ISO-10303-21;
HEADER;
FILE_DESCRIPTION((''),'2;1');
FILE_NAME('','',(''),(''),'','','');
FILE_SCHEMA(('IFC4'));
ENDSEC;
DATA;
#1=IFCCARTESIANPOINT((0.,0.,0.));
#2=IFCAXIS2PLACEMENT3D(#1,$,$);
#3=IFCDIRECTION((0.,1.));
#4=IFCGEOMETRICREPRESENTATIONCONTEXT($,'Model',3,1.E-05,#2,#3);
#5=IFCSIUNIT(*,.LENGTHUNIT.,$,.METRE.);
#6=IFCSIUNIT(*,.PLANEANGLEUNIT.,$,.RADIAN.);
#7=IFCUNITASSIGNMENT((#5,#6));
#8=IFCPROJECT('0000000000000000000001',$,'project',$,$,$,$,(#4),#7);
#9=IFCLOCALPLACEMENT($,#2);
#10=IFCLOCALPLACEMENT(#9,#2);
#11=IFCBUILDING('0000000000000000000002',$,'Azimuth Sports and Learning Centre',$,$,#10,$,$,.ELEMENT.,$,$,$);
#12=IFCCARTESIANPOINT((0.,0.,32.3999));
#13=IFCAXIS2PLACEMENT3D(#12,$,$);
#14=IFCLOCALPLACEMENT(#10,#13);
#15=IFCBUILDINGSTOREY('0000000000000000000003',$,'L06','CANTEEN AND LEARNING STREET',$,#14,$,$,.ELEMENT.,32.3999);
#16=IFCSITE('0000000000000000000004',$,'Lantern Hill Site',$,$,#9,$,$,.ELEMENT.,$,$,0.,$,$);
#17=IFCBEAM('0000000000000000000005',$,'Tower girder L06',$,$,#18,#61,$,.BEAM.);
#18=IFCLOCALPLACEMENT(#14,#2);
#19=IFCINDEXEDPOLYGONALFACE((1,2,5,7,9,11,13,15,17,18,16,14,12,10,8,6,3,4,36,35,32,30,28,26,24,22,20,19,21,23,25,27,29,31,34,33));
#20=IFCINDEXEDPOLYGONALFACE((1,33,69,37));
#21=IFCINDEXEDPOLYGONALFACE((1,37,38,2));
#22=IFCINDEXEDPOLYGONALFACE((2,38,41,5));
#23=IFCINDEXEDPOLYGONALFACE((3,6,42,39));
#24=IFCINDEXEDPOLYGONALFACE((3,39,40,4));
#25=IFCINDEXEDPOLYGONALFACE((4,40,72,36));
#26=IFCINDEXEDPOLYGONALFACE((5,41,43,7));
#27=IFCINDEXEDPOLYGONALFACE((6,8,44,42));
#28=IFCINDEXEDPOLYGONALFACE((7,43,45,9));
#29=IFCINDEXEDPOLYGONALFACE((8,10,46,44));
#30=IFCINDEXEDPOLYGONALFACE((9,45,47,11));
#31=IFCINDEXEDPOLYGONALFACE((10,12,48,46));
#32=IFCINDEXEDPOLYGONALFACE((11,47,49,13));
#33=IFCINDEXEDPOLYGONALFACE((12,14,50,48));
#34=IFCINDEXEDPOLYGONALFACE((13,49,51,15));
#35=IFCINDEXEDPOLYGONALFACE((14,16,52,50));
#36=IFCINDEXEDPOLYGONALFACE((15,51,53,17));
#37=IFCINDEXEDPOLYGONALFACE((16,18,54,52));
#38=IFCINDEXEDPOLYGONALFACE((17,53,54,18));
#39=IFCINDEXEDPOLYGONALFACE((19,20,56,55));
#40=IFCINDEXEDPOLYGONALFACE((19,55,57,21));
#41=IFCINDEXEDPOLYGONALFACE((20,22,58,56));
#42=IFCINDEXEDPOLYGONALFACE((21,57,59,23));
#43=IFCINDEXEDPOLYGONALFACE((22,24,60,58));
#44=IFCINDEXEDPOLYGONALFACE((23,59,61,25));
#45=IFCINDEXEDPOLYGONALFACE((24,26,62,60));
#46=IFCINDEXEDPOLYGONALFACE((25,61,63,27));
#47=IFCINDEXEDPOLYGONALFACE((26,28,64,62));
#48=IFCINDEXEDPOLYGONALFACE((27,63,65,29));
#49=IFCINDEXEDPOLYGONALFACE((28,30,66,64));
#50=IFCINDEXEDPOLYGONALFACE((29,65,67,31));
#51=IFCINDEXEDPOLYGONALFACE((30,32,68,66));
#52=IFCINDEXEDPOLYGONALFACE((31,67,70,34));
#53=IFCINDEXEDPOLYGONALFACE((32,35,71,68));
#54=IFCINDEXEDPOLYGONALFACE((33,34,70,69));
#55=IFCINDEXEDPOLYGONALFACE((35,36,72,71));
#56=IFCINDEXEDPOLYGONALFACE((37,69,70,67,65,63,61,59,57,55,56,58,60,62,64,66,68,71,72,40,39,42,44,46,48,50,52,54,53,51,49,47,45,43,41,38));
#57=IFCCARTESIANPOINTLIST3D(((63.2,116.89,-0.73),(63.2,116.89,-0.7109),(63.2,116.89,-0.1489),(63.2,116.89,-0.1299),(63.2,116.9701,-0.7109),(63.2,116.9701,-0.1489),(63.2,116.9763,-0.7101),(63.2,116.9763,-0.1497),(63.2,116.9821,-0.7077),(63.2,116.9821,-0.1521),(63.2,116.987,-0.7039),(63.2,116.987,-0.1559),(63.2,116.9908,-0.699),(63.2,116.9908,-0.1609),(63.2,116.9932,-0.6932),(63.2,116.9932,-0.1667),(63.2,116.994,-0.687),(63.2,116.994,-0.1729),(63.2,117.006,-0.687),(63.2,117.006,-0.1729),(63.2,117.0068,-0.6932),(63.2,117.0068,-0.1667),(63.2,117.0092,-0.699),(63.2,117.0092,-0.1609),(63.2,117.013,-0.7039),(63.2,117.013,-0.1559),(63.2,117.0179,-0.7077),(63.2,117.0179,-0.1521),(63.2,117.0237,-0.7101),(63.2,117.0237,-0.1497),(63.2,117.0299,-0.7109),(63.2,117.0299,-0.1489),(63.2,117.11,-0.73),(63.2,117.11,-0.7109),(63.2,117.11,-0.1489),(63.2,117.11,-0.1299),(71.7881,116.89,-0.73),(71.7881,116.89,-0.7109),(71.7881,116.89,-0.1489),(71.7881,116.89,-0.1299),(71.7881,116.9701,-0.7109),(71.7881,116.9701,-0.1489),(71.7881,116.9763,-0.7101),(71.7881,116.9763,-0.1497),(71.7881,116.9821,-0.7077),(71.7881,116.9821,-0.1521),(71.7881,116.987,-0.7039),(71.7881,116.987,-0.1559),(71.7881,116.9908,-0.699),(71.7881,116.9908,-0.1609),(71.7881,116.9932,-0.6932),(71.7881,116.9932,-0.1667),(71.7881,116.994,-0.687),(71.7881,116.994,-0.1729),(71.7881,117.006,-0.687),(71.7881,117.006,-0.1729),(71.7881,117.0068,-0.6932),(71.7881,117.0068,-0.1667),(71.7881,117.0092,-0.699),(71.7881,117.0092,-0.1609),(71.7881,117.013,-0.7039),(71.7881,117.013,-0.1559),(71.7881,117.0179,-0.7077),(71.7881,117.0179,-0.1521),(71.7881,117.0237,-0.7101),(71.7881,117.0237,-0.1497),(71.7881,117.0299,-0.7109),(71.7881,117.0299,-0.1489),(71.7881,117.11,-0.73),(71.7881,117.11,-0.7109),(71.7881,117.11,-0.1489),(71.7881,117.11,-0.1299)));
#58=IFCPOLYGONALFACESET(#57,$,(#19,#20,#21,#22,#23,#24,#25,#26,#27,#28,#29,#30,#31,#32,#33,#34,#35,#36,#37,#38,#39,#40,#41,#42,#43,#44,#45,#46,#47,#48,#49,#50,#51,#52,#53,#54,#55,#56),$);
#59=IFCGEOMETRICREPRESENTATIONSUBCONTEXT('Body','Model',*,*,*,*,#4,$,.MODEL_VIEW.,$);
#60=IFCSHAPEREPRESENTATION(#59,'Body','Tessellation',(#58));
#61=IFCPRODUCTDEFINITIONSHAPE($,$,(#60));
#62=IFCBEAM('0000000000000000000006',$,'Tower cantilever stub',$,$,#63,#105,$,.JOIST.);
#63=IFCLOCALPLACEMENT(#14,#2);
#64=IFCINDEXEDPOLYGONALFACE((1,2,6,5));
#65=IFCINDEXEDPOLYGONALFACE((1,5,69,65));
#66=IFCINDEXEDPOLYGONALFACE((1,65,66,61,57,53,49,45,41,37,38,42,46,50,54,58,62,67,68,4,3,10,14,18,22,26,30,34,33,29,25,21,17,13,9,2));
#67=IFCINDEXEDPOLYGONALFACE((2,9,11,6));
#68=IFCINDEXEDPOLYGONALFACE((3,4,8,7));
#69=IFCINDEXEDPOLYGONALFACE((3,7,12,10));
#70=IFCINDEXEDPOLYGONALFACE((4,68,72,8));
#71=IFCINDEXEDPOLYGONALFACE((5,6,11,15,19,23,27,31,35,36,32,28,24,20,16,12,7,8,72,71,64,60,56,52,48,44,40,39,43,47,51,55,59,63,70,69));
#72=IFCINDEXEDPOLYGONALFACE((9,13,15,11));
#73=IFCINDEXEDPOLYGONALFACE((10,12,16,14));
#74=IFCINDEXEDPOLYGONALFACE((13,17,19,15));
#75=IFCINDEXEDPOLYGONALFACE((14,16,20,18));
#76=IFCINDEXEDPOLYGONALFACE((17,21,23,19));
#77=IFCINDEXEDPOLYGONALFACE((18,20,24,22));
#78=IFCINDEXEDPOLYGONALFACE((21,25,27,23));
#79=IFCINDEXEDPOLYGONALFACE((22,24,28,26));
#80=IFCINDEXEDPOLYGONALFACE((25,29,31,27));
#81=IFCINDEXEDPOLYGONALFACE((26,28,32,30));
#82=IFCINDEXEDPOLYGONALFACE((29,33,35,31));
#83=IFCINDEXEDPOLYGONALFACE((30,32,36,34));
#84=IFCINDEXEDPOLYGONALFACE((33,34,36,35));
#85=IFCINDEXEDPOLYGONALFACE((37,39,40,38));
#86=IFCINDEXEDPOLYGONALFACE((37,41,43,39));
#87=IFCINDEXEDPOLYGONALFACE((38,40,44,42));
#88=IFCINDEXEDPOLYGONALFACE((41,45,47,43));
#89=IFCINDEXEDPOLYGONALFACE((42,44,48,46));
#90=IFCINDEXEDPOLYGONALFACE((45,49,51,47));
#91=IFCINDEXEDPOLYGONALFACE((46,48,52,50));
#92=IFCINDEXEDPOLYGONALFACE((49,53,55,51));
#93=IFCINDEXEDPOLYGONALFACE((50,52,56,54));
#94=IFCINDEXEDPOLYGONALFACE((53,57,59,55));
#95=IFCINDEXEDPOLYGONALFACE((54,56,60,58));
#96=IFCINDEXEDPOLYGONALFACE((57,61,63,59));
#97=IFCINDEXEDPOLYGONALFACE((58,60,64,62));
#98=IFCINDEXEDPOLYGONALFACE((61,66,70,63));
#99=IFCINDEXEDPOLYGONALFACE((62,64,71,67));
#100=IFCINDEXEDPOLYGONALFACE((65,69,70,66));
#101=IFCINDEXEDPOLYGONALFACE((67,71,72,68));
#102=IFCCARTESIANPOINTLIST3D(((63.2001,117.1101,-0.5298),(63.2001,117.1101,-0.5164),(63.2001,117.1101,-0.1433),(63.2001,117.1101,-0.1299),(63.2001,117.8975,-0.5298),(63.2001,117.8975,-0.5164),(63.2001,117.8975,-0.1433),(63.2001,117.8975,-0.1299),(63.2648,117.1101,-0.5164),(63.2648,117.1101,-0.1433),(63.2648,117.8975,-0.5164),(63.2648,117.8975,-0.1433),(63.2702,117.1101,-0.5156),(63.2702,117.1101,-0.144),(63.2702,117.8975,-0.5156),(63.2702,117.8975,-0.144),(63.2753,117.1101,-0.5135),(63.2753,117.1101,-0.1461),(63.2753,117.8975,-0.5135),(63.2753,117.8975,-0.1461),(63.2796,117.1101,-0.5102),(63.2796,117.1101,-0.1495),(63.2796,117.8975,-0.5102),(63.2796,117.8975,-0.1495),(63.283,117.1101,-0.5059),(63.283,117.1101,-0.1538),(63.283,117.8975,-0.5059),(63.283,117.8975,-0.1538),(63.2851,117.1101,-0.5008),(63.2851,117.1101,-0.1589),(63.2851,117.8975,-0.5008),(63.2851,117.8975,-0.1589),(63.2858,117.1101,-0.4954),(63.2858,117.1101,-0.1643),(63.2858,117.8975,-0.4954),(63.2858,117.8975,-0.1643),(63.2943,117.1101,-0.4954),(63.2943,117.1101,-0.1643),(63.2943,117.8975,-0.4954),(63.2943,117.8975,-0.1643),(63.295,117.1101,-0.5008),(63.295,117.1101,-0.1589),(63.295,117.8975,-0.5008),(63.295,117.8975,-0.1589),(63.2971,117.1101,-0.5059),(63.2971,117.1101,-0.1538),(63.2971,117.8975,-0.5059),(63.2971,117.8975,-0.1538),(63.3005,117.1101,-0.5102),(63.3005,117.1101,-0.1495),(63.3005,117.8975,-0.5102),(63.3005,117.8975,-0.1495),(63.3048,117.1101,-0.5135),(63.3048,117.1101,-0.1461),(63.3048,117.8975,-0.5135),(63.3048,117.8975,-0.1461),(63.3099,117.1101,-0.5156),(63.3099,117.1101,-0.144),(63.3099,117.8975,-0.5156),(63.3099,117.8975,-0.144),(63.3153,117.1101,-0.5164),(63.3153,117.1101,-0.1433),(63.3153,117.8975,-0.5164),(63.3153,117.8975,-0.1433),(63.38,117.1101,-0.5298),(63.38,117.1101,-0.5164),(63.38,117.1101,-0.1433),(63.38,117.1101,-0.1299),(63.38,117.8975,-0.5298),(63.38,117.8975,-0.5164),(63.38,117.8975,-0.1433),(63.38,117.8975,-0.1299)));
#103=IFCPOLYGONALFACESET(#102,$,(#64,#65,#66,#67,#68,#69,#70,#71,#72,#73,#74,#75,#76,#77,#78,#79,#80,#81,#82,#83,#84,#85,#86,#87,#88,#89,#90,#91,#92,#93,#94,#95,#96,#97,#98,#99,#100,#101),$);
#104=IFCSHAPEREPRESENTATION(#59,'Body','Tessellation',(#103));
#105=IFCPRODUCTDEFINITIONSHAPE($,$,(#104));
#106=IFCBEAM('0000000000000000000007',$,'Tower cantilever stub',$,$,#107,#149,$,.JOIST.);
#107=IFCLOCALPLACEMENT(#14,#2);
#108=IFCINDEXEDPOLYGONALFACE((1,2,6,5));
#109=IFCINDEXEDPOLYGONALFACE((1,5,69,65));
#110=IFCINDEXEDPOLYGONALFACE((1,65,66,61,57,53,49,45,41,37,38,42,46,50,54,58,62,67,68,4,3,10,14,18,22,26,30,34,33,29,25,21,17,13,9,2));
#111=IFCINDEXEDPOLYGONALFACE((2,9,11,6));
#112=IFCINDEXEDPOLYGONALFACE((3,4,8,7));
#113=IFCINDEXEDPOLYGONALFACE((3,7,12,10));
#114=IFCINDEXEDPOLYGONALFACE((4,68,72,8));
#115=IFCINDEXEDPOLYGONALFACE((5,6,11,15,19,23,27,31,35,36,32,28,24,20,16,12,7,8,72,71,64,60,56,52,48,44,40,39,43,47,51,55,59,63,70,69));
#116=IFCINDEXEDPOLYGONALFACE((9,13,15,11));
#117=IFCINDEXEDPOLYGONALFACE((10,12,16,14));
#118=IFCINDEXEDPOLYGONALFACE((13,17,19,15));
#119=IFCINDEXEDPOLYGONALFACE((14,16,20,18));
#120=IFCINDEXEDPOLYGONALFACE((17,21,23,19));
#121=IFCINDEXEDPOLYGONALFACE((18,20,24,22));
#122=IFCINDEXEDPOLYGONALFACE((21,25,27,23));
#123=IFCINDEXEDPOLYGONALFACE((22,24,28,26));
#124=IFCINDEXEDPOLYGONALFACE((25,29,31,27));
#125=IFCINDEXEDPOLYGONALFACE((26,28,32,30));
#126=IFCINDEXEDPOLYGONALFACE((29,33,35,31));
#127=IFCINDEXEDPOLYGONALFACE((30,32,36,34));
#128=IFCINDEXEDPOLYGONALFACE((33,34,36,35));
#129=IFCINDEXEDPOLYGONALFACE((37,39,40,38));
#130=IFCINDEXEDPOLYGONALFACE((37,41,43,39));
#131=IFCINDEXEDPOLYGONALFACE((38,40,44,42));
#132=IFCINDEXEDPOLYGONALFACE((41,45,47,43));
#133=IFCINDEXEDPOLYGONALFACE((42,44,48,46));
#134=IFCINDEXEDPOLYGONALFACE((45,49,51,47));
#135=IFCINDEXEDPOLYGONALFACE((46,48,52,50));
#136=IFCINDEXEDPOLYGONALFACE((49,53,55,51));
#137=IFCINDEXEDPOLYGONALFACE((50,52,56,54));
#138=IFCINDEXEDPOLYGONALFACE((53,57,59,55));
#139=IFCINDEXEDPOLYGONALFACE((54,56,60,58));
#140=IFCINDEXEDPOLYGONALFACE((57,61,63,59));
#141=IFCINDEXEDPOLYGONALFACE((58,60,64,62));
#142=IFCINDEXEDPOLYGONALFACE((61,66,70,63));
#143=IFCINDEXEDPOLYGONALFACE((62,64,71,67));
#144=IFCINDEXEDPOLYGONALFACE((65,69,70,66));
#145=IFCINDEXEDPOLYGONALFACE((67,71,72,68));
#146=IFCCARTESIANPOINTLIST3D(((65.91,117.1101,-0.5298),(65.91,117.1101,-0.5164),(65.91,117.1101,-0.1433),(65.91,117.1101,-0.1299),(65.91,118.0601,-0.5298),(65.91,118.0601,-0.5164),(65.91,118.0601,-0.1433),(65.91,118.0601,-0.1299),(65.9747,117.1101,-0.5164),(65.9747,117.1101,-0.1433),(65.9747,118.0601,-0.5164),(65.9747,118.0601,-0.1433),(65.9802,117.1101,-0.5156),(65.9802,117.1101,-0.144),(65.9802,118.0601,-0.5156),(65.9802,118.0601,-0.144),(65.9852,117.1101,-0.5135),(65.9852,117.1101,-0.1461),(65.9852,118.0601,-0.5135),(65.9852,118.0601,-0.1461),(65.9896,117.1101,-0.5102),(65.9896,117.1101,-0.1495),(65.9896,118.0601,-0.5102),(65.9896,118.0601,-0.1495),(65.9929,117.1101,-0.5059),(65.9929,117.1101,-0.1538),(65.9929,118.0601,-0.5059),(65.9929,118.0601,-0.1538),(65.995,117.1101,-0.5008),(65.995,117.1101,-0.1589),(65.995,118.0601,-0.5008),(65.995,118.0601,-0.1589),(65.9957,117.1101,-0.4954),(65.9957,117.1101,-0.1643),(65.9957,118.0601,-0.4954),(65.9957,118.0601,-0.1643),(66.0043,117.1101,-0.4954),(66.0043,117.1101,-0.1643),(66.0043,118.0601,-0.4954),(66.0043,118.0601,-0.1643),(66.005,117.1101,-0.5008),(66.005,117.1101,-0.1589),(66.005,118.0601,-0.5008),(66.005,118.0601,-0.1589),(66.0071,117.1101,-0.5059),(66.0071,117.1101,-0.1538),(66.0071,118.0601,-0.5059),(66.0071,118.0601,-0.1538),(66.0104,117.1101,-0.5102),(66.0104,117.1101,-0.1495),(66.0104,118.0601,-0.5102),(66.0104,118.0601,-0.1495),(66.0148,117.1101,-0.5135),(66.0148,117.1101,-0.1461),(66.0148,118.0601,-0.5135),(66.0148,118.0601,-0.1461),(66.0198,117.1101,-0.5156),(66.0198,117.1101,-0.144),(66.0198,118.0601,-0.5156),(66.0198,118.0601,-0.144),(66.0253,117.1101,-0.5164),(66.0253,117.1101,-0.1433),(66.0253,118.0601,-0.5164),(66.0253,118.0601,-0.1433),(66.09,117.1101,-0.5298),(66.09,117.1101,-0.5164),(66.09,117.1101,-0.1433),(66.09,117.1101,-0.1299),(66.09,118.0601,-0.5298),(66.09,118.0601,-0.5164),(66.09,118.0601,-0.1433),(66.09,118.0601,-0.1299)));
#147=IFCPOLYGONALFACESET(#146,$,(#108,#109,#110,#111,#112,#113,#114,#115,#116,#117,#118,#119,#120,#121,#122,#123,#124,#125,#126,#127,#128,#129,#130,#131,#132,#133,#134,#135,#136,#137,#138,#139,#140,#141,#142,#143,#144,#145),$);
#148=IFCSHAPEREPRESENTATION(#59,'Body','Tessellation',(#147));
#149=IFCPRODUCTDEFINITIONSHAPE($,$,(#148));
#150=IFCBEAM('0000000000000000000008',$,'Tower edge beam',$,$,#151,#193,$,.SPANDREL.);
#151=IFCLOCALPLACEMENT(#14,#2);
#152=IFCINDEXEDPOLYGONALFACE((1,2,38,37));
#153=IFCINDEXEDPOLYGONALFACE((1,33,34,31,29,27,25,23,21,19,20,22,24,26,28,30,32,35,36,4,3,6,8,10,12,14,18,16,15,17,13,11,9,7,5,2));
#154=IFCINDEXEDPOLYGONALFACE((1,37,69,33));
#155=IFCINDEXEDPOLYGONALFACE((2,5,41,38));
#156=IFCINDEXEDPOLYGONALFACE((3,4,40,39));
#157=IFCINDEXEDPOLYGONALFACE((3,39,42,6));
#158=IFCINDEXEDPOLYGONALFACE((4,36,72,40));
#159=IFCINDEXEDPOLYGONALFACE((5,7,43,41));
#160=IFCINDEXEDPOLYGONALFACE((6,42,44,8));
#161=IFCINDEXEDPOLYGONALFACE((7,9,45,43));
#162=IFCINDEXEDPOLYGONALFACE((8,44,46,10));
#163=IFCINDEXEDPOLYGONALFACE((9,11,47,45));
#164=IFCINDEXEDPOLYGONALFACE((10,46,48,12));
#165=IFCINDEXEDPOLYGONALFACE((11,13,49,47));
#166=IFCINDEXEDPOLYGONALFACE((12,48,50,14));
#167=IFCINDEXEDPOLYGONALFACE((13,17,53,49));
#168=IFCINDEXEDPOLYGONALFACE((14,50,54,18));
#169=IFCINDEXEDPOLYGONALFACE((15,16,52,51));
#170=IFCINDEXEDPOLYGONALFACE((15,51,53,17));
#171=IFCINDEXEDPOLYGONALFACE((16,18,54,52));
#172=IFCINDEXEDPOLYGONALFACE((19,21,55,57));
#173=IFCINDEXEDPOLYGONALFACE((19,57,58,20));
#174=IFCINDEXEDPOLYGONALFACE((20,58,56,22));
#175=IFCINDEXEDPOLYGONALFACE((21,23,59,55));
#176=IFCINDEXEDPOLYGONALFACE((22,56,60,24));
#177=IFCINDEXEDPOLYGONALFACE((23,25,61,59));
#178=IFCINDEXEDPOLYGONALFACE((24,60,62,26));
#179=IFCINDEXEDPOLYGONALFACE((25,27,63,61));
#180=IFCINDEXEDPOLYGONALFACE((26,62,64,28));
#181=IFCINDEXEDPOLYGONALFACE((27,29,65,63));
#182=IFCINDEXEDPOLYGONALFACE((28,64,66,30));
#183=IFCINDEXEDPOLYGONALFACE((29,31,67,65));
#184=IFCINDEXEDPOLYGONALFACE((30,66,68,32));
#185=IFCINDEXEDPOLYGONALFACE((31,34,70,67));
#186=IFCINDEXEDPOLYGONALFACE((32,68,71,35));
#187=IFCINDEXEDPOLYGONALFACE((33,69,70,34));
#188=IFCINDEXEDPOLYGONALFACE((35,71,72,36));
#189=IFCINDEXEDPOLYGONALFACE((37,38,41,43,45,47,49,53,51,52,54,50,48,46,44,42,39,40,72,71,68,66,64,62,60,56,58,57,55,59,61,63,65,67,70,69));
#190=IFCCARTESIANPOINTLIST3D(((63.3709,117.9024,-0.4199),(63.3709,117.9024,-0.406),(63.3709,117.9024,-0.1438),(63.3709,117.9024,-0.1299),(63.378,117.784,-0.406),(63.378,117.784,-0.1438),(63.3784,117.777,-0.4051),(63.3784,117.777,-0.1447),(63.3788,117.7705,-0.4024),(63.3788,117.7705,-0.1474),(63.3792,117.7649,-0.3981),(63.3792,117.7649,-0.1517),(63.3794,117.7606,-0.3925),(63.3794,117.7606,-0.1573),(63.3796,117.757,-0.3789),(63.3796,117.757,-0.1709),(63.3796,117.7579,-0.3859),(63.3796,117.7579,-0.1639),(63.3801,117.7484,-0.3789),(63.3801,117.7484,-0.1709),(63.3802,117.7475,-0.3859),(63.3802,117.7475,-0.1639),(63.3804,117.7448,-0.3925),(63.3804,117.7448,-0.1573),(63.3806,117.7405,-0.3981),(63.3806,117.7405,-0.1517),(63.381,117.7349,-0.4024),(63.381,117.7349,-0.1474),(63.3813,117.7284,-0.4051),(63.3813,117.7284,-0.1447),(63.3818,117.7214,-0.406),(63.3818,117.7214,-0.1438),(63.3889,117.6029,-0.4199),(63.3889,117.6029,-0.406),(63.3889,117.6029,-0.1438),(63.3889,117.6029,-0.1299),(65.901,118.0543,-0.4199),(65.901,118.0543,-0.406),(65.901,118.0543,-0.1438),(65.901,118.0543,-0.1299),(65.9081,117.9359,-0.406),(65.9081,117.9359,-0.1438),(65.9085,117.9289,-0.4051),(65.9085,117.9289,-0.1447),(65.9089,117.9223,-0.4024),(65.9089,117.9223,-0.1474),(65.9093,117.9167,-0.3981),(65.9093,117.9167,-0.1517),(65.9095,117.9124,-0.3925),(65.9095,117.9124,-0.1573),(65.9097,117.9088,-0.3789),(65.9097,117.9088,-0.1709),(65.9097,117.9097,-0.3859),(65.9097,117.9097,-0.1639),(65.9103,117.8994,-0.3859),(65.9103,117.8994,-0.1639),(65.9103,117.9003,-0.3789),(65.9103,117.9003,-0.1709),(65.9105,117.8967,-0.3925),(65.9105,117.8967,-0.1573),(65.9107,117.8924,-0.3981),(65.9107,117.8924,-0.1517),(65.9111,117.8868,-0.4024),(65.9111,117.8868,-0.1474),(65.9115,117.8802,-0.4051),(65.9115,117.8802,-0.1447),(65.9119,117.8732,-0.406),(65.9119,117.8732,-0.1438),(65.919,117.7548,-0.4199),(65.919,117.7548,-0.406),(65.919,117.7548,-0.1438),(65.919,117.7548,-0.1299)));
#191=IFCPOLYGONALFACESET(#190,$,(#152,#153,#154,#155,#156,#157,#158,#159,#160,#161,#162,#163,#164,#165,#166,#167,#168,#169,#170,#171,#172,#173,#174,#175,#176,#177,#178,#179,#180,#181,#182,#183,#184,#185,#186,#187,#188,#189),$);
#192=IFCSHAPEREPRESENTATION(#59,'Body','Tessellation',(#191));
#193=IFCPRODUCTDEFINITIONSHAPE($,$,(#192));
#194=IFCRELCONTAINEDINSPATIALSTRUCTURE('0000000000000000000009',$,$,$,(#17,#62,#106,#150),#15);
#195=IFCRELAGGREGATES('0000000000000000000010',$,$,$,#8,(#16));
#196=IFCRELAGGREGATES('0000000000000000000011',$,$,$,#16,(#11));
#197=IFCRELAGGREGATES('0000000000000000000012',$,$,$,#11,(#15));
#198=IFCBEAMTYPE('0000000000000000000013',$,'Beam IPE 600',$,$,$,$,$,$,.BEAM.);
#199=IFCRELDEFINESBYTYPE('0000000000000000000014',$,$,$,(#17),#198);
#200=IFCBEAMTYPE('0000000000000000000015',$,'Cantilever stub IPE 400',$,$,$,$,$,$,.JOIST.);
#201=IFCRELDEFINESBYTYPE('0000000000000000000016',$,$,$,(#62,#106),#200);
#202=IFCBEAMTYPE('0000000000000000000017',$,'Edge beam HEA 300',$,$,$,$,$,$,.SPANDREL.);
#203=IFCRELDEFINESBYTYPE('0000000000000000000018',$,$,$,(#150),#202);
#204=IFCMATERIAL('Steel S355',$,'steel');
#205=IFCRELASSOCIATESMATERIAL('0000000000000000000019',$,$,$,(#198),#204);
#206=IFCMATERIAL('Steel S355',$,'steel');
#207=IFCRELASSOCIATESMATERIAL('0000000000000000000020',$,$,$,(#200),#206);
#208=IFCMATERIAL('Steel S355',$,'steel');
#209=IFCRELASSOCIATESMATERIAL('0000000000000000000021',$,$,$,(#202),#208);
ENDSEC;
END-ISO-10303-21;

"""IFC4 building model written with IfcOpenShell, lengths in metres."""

from ifc_helpers import new_model, si_unit, direction, frame, origin, origin_2d, place, context, subcontext, project, spatial, i_section, extrude, material, material_profile, profile_set, type_object, element, save


model = new_model("IFC4")

# Units and contexts
model_context = context("Model", 3, precision=1e-05, world=origin(), true_north=direction((0.0, 1.0)))
body_context = subcontext(model_context, "Body", "Model", "MODEL_VIEW")
ifc_project = project(units=[si_unit("LENGTHUNIT", "METRE"), si_unit("PLANEANGLEUNIT", "RADIAN")], contexts=[model_context])

# Site, building, storey
site_placement = place(None, origin())
site = spatial("IfcSite", under=ifc_project, at=site_placement, Name="Lantern Hill Site", CompositionType="ELEMENT", RefElevation=0.0)
building_placement = place(site_placement, origin())
building = spatial("IfcBuilding", under=site, at=building_placement, Name="Azimuth Sports and Learning Centre", CompositionType="ELEMENT")
storey_placement = place(building_placement, frame((0.0, 0.0, 32.3999)))
storey = spatial("IfcBuildingStorey", under=building, at=storey_placement, Name="L06", Description="CANTEEN AND LEARNING STREET", CompositionType="ELEMENT", Elevation=32.3999)

# Beams
ifc_material_1 = material(Name="Steel S355", Category="steel")
ifc_material_profile_1 = material_profile(ifc_material_1, i_section(OverallWidth=0.22, OverallDepth=0.6001, WebThickness=0.012, FlangeThickness=0.019, FilletRadius=0.0239, at=origin_2d()), Name="IPE 600")
ifc_profile_set_1 = profile_set([ifc_material_profile_1], Name="Steel S355")
beam_type_1 = type_object("IfcBeamType", Name="Beam IPE 600", PredefinedType="BEAM", material=ifc_profile_set_1)
beam_1_placement = place(storey_placement, frame((63.2, 117.0, -0.4299), z_axis=(1.0, 0.0, 0.0), x_axis=(0.0, 1.0, 0.0)))
element("IfcBeam", 1, at=beam_1_placement, inside=storey, type_object=beam_type_1, Name="Tower girder L06", PredefinedType="BEAM", context=body_context, shape_type="SweptSolid", body=[
    extrude(i_section(OverallWidth=0.22, OverallDepth=0.6001, WebThickness=0.012, FlangeThickness=0.019, FilletRadius=0.0239, at=origin_2d()), origin(), (0.0, 0.0, 1.0), 8.5881),
])
ifc_material_2 = material(Name="Steel S355", Category="steel")
ifc_material_profile_2 = material_profile(ifc_material_2, i_section(OverallWidth=0.1799, OverallDepth=0.3999, WebThickness=0.0085, FlangeThickness=0.0134, FilletRadius=0.021, at=origin_2d()), Name="IPE 400")
ifc_profile_set_2 = profile_set([ifc_material_profile_2], Name="Steel S355")
beam_type_2 = type_object("IfcBeamType", Name="Cantilever stub IPE 400", PredefinedType="JOIST", material=ifc_profile_set_2)
beam_2_placement = place(storey_placement, frame((63.29, 117.1101, -0.3298), z_axis=(0.0, 1.0, 0.0), x_axis=(-1.0, 0.0, 0.0)))
element("IfcBeam", 2, at=beam_2_placement, inside=storey, type_object=beam_type_2, Name="Tower cantilever stub", PredefinedType="JOIST", context=body_context, shape_type="SweptSolid", body=[
    extrude(i_section(OverallWidth=0.1799, OverallDepth=0.3999, WebThickness=0.0085, FlangeThickness=0.0134, FilletRadius=0.021, at=origin_2d()), origin(), (0.0, 0.0, 1.0), 0.7874),
])
beam_3_placement = place(storey_placement, frame((66.0, 117.1101, -0.3298), z_axis=(0.0, 1.0, 0.0), x_axis=(-1.0, 0.0, 0.0)))
element("IfcBeam", 3, at=beam_3_placement, inside=storey, type_object=beam_type_2, Name="Tower cantilever stub", PredefinedType="JOIST", context=body_context, shape_type="SweptSolid", body=[
    extrude(i_section(OverallWidth=0.1799, OverallDepth=0.3999, WebThickness=0.0085, FlangeThickness=0.0134, FilletRadius=0.021, at=origin_2d()), origin(), (0.0, 0.0, 1.0), 0.95),
])
ifc_material_3 = material(Name="Steel S355", Category="steel")
ifc_material_profile_3 = material_profile(ifc_material_3, i_section(OverallWidth=0.3, OverallDepth=0.29, WebThickness=0.0085, FlangeThickness=0.0139, FilletRadius=0.0271, at=origin_2d()), Name="HEA 300")
ifc_profile_set_3 = profile_set([ifc_material_profile_3], Name="Steel S355")
beam_type_3 = type_object("IfcBeamType", Name="Edge beam HEA 300", PredefinedType="SPANDREL", material=ifc_profile_set_3)
beam_4_placement = place(storey_placement, frame((63.3799, 117.7527, -0.2749), z_axis=(0.998204, 0.059913, 0.0), x_axis=(-0.059913, 0.998204, 0.0)))
element("IfcBeam", 4, at=beam_4_placement, inside=storey, type_object=beam_type_3, Name="Tower edge beam", PredefinedType="SPANDREL", context=body_context, shape_type="SweptSolid", body=[
    extrude(i_section(OverallWidth=0.3, OverallDepth=0.29, WebThickness=0.0085, FlangeThickness=0.0139, FilletRadius=0.0271, at=origin_2d()), origin(), (0.0, 0.0, 1.0), 2.5347),
])

save(model, "model.ifc")
